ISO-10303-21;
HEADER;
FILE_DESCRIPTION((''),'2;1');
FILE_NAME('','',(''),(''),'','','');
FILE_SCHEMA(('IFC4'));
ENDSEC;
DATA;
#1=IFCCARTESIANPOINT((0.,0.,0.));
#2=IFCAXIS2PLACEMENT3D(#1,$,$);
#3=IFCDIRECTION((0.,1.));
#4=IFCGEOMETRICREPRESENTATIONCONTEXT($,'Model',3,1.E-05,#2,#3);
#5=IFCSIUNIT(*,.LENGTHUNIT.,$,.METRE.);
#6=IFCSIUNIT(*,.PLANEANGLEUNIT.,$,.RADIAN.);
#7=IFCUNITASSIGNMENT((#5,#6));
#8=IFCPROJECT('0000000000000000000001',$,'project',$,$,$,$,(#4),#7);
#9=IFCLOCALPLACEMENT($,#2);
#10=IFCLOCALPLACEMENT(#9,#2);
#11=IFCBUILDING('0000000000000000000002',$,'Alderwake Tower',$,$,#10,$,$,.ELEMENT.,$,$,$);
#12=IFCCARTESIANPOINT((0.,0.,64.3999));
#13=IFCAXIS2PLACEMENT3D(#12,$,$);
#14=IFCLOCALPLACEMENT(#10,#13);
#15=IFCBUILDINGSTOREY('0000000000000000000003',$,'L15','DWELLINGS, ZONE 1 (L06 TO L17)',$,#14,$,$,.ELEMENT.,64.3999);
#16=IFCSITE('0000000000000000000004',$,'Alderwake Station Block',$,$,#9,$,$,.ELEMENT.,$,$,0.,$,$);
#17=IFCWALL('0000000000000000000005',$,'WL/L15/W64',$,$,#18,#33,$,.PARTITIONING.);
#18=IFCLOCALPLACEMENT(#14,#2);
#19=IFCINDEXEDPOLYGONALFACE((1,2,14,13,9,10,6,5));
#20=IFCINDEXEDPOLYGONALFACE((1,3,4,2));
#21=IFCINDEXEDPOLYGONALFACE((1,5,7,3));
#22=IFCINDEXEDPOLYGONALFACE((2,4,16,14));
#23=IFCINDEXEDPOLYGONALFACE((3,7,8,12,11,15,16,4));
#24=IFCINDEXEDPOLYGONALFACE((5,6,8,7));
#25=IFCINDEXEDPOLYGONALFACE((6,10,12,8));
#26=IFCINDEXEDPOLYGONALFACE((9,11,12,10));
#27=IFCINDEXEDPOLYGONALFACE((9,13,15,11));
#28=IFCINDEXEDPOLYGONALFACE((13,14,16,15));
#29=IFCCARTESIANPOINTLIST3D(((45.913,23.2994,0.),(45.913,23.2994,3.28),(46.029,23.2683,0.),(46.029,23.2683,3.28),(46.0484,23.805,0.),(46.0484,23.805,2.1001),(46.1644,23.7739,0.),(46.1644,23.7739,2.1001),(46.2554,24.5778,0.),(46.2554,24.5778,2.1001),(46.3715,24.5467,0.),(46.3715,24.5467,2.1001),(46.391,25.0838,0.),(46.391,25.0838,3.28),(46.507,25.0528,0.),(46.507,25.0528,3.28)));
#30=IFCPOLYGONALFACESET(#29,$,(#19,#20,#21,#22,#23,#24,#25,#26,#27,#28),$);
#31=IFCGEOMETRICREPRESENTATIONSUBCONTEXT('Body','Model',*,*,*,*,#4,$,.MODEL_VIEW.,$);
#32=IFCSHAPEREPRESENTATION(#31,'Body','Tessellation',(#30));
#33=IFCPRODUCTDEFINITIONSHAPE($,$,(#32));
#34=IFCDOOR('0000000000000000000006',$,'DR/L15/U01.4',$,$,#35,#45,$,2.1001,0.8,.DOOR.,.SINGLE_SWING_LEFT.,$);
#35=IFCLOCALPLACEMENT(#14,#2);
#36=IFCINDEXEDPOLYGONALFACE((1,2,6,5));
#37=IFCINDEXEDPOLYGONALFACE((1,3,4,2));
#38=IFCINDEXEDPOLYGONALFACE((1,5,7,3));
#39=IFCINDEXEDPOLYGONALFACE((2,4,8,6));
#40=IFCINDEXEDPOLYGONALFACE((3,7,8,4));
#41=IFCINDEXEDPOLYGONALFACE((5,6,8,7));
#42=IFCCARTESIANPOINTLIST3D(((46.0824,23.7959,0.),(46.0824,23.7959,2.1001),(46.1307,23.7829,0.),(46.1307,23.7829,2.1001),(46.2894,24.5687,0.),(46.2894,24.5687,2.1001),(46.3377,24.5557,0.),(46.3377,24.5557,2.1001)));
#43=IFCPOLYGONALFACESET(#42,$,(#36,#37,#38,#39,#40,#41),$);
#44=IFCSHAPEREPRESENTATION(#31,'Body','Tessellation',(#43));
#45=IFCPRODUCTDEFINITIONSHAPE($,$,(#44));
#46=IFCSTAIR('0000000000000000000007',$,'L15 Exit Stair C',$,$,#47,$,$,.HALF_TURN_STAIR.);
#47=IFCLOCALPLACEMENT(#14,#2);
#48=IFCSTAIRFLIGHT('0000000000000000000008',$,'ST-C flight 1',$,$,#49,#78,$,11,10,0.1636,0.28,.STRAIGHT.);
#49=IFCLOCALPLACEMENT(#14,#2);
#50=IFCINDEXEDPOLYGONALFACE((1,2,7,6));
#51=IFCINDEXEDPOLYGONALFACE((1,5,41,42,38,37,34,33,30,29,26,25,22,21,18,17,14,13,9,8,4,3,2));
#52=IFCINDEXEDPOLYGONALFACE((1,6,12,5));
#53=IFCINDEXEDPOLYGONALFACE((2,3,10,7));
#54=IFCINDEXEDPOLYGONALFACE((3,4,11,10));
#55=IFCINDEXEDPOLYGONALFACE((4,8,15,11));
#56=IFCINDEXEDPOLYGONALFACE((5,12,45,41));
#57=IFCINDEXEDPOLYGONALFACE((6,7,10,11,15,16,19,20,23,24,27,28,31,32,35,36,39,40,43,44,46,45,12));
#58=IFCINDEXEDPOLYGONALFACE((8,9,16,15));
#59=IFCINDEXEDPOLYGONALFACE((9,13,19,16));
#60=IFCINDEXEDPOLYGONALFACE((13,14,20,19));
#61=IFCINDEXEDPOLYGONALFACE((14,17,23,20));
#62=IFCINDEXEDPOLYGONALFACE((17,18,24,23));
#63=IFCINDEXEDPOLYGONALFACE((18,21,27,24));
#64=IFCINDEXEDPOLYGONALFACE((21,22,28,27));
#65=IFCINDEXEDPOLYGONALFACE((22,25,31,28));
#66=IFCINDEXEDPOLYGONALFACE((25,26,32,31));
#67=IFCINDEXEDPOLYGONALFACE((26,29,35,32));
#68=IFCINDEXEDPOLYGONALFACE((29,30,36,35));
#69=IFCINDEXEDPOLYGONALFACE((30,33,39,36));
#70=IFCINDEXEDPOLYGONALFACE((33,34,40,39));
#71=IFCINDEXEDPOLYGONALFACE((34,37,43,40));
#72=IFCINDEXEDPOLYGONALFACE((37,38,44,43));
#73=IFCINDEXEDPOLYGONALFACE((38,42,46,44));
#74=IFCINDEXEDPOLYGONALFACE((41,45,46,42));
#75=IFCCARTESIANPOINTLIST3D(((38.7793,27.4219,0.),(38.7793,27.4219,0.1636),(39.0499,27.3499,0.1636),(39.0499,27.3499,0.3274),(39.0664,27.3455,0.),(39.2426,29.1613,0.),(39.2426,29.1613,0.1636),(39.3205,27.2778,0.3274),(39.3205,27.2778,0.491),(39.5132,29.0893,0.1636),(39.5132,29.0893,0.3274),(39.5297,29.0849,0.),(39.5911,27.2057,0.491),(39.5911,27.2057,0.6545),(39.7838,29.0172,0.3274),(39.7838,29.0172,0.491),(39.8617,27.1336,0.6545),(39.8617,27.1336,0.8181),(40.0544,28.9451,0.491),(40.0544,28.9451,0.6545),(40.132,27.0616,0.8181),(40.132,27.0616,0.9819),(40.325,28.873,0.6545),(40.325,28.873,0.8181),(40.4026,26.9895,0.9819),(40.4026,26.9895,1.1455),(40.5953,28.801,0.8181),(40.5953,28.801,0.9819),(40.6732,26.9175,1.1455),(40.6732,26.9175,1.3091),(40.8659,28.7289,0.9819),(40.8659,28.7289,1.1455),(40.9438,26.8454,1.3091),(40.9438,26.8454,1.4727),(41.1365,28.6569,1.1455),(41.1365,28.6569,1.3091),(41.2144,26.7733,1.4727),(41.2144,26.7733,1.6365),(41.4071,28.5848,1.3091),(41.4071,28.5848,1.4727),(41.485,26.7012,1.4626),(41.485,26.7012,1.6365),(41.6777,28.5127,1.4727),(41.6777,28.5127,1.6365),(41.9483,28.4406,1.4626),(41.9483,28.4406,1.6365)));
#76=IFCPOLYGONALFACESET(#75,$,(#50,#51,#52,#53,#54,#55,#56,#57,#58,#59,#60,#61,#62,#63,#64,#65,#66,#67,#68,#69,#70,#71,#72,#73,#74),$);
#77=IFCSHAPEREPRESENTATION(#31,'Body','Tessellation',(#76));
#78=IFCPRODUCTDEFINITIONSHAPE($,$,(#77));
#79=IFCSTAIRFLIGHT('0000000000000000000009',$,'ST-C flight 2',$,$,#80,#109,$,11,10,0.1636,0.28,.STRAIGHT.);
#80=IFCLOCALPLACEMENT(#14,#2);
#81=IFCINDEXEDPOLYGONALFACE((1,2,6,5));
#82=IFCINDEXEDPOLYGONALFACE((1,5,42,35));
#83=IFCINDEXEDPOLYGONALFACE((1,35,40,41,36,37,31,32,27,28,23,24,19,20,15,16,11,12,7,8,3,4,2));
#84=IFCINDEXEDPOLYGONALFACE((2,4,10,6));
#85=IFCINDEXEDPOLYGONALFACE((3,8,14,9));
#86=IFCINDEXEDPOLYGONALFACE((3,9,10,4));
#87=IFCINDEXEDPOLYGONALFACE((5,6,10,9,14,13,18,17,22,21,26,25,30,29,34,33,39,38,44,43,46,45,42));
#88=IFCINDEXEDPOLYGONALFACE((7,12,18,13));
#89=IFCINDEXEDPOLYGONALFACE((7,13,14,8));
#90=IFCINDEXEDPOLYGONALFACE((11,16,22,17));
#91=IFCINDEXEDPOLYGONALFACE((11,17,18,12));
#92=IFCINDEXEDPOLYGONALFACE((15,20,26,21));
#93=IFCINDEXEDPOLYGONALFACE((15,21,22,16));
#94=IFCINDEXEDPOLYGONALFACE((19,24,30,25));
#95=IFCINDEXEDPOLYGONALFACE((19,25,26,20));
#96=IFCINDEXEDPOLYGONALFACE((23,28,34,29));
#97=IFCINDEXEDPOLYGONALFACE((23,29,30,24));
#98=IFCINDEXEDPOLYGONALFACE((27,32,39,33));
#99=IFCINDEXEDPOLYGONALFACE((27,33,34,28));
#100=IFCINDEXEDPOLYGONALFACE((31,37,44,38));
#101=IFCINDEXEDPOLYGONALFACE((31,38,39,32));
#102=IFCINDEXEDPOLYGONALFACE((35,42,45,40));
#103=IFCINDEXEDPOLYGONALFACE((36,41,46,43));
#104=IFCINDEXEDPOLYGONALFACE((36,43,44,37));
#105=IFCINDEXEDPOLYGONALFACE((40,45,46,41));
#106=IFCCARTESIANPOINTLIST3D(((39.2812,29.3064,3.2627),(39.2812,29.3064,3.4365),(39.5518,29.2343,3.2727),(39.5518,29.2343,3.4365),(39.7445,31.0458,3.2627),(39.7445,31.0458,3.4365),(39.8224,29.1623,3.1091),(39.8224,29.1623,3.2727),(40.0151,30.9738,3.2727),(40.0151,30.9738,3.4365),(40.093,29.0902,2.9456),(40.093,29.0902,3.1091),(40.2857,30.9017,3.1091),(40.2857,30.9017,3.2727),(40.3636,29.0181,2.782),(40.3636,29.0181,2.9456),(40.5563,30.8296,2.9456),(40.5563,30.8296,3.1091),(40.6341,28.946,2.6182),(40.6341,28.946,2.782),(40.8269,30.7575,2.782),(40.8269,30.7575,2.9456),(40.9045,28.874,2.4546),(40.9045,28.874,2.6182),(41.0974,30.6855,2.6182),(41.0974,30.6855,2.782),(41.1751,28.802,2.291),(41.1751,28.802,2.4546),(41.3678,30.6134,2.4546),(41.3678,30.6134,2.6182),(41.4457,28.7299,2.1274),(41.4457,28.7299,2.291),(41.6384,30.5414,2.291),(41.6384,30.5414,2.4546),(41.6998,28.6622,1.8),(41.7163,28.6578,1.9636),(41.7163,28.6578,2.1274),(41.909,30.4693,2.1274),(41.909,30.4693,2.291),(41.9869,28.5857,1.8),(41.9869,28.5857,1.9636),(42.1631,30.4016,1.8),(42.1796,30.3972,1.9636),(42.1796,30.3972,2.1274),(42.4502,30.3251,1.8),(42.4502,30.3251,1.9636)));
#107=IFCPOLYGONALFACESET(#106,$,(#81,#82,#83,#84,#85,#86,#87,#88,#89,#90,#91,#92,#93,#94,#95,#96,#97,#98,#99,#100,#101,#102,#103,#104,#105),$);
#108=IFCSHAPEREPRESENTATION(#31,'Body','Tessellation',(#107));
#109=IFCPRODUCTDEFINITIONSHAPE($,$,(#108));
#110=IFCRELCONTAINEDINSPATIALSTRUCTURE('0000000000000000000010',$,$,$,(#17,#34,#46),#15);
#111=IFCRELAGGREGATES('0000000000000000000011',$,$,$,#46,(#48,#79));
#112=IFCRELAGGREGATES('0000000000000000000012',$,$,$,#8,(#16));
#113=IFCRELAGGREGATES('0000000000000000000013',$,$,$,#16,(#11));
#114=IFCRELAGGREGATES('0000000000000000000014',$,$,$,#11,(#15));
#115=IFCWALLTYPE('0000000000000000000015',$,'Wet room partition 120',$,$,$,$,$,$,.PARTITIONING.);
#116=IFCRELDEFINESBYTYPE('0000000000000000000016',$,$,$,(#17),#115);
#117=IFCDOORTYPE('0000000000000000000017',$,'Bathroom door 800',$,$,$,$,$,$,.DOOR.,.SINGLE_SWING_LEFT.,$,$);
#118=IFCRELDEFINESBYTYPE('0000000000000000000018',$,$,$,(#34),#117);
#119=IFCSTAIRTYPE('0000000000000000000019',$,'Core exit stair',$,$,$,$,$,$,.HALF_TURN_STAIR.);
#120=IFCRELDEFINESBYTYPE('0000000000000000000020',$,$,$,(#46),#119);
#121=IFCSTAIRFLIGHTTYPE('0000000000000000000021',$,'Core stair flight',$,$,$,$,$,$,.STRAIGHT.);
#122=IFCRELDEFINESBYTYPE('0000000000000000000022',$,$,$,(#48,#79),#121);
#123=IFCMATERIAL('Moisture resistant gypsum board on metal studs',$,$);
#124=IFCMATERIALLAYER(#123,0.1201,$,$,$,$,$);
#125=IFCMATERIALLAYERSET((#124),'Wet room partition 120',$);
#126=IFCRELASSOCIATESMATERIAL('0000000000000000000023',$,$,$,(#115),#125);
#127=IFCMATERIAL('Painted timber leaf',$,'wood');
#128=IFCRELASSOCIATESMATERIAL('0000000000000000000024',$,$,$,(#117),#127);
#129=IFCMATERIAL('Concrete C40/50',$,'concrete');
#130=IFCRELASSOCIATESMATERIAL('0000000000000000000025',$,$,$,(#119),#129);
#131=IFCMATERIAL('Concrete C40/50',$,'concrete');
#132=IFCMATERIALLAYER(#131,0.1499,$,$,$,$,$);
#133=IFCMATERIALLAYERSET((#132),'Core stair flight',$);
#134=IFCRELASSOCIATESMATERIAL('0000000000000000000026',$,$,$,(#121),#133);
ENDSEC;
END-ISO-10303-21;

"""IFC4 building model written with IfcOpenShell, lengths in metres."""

from ifc_helpers import new_model, si_unit, direction, frame, frame_2d, origin, place, context, subcontext, project, spatial, polyline, rectangle, outline, extrude, material, layer, layer_set, type_object, element, fill, aggregate, save


model = new_model("IFC4")

# Units and contexts
model_context = context("Model", 3, precision=1e-05, world=origin(), true_north=direction((0.0, 1.0)))
body_context = subcontext(model_context, "Body", "Model", "MODEL_VIEW")
ifc_project = project(units=[si_unit("LENGTHUNIT", "METRE"), si_unit("PLANEANGLEUNIT", "RADIAN")], contexts=[model_context])

# Site, building, storey
site_placement = place(None, origin())
site = spatial("IfcSite", under=ifc_project, at=site_placement, Name="Alderwake Station Block", CompositionType="ELEMENT", RefElevation=0.0)
building_placement = place(site_placement, origin())
building = spatial("IfcBuilding", under=site, at=building_placement, Name="Alderwake Tower", CompositionType="ELEMENT")
storey_placement = place(building_placement, frame((0.0, 0.0, 64.3999)))
storey = spatial("IfcBuildingStorey", under=building, at=storey_placement, Name="L15", Description="DWELLINGS, ZONE 1 (L06 TO L17)", CompositionType="ELEMENT", Elevation=64.3999)

# Shared definitions
ifc_material_1 = material(Name="Moisture resistant gypsum board on metal studs")
ifc_layer_1 = layer(ifc_material_1, 0.1201)
ifc_layer_set_1 = layer_set([ifc_layer_1], Name="Wet room partition 120")
wall_type_1 = type_object("IfcWallType", Name="Wet room partition 120", PredefinedType="PARTITIONING", material=ifc_layer_set_1)

# Wall, opening, door
ifc_material_2 = material(Name="Painted timber leaf", Category="wood")
door_type_1 = type_object("IfcDoorType", Name="Bathroom door 800", OperationType="SINGLE_SWING_LEFT", PredefinedType="DOOR", material=ifc_material_2)
wall_1_placement = place(storey_placement, frame((45.9709, 23.2837, 0.0), z_axis=(0.0, 0.0, 1.0), x_axis=(0.258765, 0.96594, 0.0)))
wall_1 = element("IfcWall", 1, at=wall_1_placement, inside=storey, type_object=wall_type_1, Name="WL/L15/W64", PredefinedType="PARTITIONING", context=body_context, shape_type="SweptSolid", body=[
    extrude(rectangle(XDim=1.8474, YDim=0.1201, at=frame_2d((0.9238, 0.0))), origin(), (0.0, 0.0, 1.0), 3.28),
])
opening_1_placement = place(wall_1_placement, frame((0.5237, 0.0, 0.0)))
opening_1 = element("IfcOpeningElement", 2, at=opening_1_placement, cuts=wall_1, PredefinedType="OPENING", context=body_context, shape_type="SweptSolid", body=[
    extrude(rectangle(XDim=0.8, YDim=2.1001, at=frame_2d((0.3999, 1.05))), frame((0.0, 0.0701, 0.0), z_axis=(0.0, -1.0, 0.0), x_axis=(1.0, 0.0, 0.0)), (0.0, 0.0, 1.0), 0.1401),
])
door_1_placement = place(opening_1_placement, origin())
door_1 = element("IfcDoor", 3, at=door_1_placement, inside=storey, type_object=door_type_1, Name="DR/L15/U01.4", OperationType="SINGLE_SWING_LEFT", OverallHeight=2.1001, OverallWidth=0.8, PredefinedType="DOOR", context=body_context, shape_type="SweptSolid", body=[
    extrude(rectangle(XDim=0.8, YDim=2.1001, at=frame_2d((0.3999, 1.05))), frame((0.0, 0.0249, 0.0), z_axis=(0.0, -1.0, 0.0), x_axis=(1.0, 0.0, 0.0)), (0.0, 0.0, 1.0), 0.05),
])
fill(opening_1, door_1)

# Stair, stair flights
ifc_material_3 = material(Name="Concrete C40/50", Category="concrete")
stair_type = type_object("IfcStairType", Name="Core exit stair", PredefinedType="HALF_TURN_STAIR", material=ifc_material_3)
stair_placement = place(storey_placement, origin())
stair = element("IfcStair", 4, at=stair_placement, inside=storey, type_object=stair_type, Name="L15 Exit Stair C", PredefinedType="HALF_TURN_STAIR")
ifc_material_4 = material(Name="Concrete C40/50", Category="concrete")
ifc_layer_2 = layer(ifc_material_4, 0.1499)
ifc_layer_set_2 = layer_set([ifc_layer_2], Name="Core stair flight")
stair_flight_type = type_object("IfcStairFlightType", Name="Core stair flight", PredefinedType="STRAIGHT", material=ifc_layer_set_2)
stair_flight_1_placement = place(storey_placement, frame((39.011, 28.2917, 0.0), z_axis=(0.0, 0.0, 1.0), x_axis=(0.96631, -0.257382, 0.0)))
stair_flight_1 = element("IfcStairFlight", 5, at=stair_flight_1_placement, type_object=stair_flight_type, Name="ST-C flight 1", NumberOfRisers=11, NumberOfTreads=10, PredefinedType="STRAIGHT", RiserHeight=0.1636, TreadLength=0.28, context=body_context, shape_type="SweptSolid", body=[
    extrude(outline(polyline([(0.0, 0.0), (0.0, 0.1636), (0.28, 0.1636), (0.28, 0.3274), (0.5601, 0.3274), (0.5601, 0.491), (0.8401, 0.491), (0.8401, 0.6545), (1.1201, 0.6545), (1.1201, 0.8181), (1.3999, 0.8181), (1.3999, 0.9819), (1.6799, 0.9819), (1.6799, 1.1455), (1.96, 1.1455), (1.96, 1.3091), (2.24, 1.3091), (2.24, 1.4727), (2.52, 1.4727), (2.52, 1.6365), (2.8, 1.6365), (2.8, 1.8), (2.8, 1.4626), (0.2971, 0.0), (0.0, 0.0)])), frame((0.0, 0.8999, 0.0), z_axis=(0.0, -1.0, 0.0), x_axis=(1.0, 0.0, 0.0)), (0.0, 0.0, 1.0), 1.8),
])
stair_flight_2_placement = place(storey_placement, frame((42.2185, 29.4553, 1.8), z_axis=(0.0, 0.0, 1.0), x_axis=(-0.96631, 0.257382, 0.0)))
stair_flight_2 = element("IfcStairFlight", 6, at=stair_flight_2_placement, type_object=stair_flight_type, Name="ST-C flight 2", NumberOfRisers=11, NumberOfTreads=10, PredefinedType="STRAIGHT", RiserHeight=0.1636, TreadLength=0.28, context=body_context, shape_type="SweptSolid", body=[
    extrude(outline(polyline([(0.0, 0.0), (0.0, 0.1636), (0.28, 0.1636), (0.28, 0.3274), (0.5601, 0.3274), (0.5601, 0.491), (0.8401, 0.491), (0.8401, 0.6545), (1.1201, 0.6545), (1.1201, 0.8181), (1.3999, 0.8181), (1.3999, 0.9819), (1.6799, 0.9819), (1.6799, 1.1455), (1.96, 1.1455), (1.96, 1.3091), (2.24, 1.3091), (2.24, 1.4727), (2.52, 1.4727), (2.52, 1.6365), (2.8, 1.6365), (2.8, 1.8), (2.8, 1.4626), (0.2971, 0.0), (0.0, 0.0)])), frame((0.0, 0.8999, 0.0), z_axis=(0.0, -1.0, 0.0), x_axis=(1.0, 0.0, 0.0)), (0.0, 0.0, 1.0), 1.8),
])
aggregate(stair, [stair_flight_1, stair_flight_2])

save(model, "model.ifc")
